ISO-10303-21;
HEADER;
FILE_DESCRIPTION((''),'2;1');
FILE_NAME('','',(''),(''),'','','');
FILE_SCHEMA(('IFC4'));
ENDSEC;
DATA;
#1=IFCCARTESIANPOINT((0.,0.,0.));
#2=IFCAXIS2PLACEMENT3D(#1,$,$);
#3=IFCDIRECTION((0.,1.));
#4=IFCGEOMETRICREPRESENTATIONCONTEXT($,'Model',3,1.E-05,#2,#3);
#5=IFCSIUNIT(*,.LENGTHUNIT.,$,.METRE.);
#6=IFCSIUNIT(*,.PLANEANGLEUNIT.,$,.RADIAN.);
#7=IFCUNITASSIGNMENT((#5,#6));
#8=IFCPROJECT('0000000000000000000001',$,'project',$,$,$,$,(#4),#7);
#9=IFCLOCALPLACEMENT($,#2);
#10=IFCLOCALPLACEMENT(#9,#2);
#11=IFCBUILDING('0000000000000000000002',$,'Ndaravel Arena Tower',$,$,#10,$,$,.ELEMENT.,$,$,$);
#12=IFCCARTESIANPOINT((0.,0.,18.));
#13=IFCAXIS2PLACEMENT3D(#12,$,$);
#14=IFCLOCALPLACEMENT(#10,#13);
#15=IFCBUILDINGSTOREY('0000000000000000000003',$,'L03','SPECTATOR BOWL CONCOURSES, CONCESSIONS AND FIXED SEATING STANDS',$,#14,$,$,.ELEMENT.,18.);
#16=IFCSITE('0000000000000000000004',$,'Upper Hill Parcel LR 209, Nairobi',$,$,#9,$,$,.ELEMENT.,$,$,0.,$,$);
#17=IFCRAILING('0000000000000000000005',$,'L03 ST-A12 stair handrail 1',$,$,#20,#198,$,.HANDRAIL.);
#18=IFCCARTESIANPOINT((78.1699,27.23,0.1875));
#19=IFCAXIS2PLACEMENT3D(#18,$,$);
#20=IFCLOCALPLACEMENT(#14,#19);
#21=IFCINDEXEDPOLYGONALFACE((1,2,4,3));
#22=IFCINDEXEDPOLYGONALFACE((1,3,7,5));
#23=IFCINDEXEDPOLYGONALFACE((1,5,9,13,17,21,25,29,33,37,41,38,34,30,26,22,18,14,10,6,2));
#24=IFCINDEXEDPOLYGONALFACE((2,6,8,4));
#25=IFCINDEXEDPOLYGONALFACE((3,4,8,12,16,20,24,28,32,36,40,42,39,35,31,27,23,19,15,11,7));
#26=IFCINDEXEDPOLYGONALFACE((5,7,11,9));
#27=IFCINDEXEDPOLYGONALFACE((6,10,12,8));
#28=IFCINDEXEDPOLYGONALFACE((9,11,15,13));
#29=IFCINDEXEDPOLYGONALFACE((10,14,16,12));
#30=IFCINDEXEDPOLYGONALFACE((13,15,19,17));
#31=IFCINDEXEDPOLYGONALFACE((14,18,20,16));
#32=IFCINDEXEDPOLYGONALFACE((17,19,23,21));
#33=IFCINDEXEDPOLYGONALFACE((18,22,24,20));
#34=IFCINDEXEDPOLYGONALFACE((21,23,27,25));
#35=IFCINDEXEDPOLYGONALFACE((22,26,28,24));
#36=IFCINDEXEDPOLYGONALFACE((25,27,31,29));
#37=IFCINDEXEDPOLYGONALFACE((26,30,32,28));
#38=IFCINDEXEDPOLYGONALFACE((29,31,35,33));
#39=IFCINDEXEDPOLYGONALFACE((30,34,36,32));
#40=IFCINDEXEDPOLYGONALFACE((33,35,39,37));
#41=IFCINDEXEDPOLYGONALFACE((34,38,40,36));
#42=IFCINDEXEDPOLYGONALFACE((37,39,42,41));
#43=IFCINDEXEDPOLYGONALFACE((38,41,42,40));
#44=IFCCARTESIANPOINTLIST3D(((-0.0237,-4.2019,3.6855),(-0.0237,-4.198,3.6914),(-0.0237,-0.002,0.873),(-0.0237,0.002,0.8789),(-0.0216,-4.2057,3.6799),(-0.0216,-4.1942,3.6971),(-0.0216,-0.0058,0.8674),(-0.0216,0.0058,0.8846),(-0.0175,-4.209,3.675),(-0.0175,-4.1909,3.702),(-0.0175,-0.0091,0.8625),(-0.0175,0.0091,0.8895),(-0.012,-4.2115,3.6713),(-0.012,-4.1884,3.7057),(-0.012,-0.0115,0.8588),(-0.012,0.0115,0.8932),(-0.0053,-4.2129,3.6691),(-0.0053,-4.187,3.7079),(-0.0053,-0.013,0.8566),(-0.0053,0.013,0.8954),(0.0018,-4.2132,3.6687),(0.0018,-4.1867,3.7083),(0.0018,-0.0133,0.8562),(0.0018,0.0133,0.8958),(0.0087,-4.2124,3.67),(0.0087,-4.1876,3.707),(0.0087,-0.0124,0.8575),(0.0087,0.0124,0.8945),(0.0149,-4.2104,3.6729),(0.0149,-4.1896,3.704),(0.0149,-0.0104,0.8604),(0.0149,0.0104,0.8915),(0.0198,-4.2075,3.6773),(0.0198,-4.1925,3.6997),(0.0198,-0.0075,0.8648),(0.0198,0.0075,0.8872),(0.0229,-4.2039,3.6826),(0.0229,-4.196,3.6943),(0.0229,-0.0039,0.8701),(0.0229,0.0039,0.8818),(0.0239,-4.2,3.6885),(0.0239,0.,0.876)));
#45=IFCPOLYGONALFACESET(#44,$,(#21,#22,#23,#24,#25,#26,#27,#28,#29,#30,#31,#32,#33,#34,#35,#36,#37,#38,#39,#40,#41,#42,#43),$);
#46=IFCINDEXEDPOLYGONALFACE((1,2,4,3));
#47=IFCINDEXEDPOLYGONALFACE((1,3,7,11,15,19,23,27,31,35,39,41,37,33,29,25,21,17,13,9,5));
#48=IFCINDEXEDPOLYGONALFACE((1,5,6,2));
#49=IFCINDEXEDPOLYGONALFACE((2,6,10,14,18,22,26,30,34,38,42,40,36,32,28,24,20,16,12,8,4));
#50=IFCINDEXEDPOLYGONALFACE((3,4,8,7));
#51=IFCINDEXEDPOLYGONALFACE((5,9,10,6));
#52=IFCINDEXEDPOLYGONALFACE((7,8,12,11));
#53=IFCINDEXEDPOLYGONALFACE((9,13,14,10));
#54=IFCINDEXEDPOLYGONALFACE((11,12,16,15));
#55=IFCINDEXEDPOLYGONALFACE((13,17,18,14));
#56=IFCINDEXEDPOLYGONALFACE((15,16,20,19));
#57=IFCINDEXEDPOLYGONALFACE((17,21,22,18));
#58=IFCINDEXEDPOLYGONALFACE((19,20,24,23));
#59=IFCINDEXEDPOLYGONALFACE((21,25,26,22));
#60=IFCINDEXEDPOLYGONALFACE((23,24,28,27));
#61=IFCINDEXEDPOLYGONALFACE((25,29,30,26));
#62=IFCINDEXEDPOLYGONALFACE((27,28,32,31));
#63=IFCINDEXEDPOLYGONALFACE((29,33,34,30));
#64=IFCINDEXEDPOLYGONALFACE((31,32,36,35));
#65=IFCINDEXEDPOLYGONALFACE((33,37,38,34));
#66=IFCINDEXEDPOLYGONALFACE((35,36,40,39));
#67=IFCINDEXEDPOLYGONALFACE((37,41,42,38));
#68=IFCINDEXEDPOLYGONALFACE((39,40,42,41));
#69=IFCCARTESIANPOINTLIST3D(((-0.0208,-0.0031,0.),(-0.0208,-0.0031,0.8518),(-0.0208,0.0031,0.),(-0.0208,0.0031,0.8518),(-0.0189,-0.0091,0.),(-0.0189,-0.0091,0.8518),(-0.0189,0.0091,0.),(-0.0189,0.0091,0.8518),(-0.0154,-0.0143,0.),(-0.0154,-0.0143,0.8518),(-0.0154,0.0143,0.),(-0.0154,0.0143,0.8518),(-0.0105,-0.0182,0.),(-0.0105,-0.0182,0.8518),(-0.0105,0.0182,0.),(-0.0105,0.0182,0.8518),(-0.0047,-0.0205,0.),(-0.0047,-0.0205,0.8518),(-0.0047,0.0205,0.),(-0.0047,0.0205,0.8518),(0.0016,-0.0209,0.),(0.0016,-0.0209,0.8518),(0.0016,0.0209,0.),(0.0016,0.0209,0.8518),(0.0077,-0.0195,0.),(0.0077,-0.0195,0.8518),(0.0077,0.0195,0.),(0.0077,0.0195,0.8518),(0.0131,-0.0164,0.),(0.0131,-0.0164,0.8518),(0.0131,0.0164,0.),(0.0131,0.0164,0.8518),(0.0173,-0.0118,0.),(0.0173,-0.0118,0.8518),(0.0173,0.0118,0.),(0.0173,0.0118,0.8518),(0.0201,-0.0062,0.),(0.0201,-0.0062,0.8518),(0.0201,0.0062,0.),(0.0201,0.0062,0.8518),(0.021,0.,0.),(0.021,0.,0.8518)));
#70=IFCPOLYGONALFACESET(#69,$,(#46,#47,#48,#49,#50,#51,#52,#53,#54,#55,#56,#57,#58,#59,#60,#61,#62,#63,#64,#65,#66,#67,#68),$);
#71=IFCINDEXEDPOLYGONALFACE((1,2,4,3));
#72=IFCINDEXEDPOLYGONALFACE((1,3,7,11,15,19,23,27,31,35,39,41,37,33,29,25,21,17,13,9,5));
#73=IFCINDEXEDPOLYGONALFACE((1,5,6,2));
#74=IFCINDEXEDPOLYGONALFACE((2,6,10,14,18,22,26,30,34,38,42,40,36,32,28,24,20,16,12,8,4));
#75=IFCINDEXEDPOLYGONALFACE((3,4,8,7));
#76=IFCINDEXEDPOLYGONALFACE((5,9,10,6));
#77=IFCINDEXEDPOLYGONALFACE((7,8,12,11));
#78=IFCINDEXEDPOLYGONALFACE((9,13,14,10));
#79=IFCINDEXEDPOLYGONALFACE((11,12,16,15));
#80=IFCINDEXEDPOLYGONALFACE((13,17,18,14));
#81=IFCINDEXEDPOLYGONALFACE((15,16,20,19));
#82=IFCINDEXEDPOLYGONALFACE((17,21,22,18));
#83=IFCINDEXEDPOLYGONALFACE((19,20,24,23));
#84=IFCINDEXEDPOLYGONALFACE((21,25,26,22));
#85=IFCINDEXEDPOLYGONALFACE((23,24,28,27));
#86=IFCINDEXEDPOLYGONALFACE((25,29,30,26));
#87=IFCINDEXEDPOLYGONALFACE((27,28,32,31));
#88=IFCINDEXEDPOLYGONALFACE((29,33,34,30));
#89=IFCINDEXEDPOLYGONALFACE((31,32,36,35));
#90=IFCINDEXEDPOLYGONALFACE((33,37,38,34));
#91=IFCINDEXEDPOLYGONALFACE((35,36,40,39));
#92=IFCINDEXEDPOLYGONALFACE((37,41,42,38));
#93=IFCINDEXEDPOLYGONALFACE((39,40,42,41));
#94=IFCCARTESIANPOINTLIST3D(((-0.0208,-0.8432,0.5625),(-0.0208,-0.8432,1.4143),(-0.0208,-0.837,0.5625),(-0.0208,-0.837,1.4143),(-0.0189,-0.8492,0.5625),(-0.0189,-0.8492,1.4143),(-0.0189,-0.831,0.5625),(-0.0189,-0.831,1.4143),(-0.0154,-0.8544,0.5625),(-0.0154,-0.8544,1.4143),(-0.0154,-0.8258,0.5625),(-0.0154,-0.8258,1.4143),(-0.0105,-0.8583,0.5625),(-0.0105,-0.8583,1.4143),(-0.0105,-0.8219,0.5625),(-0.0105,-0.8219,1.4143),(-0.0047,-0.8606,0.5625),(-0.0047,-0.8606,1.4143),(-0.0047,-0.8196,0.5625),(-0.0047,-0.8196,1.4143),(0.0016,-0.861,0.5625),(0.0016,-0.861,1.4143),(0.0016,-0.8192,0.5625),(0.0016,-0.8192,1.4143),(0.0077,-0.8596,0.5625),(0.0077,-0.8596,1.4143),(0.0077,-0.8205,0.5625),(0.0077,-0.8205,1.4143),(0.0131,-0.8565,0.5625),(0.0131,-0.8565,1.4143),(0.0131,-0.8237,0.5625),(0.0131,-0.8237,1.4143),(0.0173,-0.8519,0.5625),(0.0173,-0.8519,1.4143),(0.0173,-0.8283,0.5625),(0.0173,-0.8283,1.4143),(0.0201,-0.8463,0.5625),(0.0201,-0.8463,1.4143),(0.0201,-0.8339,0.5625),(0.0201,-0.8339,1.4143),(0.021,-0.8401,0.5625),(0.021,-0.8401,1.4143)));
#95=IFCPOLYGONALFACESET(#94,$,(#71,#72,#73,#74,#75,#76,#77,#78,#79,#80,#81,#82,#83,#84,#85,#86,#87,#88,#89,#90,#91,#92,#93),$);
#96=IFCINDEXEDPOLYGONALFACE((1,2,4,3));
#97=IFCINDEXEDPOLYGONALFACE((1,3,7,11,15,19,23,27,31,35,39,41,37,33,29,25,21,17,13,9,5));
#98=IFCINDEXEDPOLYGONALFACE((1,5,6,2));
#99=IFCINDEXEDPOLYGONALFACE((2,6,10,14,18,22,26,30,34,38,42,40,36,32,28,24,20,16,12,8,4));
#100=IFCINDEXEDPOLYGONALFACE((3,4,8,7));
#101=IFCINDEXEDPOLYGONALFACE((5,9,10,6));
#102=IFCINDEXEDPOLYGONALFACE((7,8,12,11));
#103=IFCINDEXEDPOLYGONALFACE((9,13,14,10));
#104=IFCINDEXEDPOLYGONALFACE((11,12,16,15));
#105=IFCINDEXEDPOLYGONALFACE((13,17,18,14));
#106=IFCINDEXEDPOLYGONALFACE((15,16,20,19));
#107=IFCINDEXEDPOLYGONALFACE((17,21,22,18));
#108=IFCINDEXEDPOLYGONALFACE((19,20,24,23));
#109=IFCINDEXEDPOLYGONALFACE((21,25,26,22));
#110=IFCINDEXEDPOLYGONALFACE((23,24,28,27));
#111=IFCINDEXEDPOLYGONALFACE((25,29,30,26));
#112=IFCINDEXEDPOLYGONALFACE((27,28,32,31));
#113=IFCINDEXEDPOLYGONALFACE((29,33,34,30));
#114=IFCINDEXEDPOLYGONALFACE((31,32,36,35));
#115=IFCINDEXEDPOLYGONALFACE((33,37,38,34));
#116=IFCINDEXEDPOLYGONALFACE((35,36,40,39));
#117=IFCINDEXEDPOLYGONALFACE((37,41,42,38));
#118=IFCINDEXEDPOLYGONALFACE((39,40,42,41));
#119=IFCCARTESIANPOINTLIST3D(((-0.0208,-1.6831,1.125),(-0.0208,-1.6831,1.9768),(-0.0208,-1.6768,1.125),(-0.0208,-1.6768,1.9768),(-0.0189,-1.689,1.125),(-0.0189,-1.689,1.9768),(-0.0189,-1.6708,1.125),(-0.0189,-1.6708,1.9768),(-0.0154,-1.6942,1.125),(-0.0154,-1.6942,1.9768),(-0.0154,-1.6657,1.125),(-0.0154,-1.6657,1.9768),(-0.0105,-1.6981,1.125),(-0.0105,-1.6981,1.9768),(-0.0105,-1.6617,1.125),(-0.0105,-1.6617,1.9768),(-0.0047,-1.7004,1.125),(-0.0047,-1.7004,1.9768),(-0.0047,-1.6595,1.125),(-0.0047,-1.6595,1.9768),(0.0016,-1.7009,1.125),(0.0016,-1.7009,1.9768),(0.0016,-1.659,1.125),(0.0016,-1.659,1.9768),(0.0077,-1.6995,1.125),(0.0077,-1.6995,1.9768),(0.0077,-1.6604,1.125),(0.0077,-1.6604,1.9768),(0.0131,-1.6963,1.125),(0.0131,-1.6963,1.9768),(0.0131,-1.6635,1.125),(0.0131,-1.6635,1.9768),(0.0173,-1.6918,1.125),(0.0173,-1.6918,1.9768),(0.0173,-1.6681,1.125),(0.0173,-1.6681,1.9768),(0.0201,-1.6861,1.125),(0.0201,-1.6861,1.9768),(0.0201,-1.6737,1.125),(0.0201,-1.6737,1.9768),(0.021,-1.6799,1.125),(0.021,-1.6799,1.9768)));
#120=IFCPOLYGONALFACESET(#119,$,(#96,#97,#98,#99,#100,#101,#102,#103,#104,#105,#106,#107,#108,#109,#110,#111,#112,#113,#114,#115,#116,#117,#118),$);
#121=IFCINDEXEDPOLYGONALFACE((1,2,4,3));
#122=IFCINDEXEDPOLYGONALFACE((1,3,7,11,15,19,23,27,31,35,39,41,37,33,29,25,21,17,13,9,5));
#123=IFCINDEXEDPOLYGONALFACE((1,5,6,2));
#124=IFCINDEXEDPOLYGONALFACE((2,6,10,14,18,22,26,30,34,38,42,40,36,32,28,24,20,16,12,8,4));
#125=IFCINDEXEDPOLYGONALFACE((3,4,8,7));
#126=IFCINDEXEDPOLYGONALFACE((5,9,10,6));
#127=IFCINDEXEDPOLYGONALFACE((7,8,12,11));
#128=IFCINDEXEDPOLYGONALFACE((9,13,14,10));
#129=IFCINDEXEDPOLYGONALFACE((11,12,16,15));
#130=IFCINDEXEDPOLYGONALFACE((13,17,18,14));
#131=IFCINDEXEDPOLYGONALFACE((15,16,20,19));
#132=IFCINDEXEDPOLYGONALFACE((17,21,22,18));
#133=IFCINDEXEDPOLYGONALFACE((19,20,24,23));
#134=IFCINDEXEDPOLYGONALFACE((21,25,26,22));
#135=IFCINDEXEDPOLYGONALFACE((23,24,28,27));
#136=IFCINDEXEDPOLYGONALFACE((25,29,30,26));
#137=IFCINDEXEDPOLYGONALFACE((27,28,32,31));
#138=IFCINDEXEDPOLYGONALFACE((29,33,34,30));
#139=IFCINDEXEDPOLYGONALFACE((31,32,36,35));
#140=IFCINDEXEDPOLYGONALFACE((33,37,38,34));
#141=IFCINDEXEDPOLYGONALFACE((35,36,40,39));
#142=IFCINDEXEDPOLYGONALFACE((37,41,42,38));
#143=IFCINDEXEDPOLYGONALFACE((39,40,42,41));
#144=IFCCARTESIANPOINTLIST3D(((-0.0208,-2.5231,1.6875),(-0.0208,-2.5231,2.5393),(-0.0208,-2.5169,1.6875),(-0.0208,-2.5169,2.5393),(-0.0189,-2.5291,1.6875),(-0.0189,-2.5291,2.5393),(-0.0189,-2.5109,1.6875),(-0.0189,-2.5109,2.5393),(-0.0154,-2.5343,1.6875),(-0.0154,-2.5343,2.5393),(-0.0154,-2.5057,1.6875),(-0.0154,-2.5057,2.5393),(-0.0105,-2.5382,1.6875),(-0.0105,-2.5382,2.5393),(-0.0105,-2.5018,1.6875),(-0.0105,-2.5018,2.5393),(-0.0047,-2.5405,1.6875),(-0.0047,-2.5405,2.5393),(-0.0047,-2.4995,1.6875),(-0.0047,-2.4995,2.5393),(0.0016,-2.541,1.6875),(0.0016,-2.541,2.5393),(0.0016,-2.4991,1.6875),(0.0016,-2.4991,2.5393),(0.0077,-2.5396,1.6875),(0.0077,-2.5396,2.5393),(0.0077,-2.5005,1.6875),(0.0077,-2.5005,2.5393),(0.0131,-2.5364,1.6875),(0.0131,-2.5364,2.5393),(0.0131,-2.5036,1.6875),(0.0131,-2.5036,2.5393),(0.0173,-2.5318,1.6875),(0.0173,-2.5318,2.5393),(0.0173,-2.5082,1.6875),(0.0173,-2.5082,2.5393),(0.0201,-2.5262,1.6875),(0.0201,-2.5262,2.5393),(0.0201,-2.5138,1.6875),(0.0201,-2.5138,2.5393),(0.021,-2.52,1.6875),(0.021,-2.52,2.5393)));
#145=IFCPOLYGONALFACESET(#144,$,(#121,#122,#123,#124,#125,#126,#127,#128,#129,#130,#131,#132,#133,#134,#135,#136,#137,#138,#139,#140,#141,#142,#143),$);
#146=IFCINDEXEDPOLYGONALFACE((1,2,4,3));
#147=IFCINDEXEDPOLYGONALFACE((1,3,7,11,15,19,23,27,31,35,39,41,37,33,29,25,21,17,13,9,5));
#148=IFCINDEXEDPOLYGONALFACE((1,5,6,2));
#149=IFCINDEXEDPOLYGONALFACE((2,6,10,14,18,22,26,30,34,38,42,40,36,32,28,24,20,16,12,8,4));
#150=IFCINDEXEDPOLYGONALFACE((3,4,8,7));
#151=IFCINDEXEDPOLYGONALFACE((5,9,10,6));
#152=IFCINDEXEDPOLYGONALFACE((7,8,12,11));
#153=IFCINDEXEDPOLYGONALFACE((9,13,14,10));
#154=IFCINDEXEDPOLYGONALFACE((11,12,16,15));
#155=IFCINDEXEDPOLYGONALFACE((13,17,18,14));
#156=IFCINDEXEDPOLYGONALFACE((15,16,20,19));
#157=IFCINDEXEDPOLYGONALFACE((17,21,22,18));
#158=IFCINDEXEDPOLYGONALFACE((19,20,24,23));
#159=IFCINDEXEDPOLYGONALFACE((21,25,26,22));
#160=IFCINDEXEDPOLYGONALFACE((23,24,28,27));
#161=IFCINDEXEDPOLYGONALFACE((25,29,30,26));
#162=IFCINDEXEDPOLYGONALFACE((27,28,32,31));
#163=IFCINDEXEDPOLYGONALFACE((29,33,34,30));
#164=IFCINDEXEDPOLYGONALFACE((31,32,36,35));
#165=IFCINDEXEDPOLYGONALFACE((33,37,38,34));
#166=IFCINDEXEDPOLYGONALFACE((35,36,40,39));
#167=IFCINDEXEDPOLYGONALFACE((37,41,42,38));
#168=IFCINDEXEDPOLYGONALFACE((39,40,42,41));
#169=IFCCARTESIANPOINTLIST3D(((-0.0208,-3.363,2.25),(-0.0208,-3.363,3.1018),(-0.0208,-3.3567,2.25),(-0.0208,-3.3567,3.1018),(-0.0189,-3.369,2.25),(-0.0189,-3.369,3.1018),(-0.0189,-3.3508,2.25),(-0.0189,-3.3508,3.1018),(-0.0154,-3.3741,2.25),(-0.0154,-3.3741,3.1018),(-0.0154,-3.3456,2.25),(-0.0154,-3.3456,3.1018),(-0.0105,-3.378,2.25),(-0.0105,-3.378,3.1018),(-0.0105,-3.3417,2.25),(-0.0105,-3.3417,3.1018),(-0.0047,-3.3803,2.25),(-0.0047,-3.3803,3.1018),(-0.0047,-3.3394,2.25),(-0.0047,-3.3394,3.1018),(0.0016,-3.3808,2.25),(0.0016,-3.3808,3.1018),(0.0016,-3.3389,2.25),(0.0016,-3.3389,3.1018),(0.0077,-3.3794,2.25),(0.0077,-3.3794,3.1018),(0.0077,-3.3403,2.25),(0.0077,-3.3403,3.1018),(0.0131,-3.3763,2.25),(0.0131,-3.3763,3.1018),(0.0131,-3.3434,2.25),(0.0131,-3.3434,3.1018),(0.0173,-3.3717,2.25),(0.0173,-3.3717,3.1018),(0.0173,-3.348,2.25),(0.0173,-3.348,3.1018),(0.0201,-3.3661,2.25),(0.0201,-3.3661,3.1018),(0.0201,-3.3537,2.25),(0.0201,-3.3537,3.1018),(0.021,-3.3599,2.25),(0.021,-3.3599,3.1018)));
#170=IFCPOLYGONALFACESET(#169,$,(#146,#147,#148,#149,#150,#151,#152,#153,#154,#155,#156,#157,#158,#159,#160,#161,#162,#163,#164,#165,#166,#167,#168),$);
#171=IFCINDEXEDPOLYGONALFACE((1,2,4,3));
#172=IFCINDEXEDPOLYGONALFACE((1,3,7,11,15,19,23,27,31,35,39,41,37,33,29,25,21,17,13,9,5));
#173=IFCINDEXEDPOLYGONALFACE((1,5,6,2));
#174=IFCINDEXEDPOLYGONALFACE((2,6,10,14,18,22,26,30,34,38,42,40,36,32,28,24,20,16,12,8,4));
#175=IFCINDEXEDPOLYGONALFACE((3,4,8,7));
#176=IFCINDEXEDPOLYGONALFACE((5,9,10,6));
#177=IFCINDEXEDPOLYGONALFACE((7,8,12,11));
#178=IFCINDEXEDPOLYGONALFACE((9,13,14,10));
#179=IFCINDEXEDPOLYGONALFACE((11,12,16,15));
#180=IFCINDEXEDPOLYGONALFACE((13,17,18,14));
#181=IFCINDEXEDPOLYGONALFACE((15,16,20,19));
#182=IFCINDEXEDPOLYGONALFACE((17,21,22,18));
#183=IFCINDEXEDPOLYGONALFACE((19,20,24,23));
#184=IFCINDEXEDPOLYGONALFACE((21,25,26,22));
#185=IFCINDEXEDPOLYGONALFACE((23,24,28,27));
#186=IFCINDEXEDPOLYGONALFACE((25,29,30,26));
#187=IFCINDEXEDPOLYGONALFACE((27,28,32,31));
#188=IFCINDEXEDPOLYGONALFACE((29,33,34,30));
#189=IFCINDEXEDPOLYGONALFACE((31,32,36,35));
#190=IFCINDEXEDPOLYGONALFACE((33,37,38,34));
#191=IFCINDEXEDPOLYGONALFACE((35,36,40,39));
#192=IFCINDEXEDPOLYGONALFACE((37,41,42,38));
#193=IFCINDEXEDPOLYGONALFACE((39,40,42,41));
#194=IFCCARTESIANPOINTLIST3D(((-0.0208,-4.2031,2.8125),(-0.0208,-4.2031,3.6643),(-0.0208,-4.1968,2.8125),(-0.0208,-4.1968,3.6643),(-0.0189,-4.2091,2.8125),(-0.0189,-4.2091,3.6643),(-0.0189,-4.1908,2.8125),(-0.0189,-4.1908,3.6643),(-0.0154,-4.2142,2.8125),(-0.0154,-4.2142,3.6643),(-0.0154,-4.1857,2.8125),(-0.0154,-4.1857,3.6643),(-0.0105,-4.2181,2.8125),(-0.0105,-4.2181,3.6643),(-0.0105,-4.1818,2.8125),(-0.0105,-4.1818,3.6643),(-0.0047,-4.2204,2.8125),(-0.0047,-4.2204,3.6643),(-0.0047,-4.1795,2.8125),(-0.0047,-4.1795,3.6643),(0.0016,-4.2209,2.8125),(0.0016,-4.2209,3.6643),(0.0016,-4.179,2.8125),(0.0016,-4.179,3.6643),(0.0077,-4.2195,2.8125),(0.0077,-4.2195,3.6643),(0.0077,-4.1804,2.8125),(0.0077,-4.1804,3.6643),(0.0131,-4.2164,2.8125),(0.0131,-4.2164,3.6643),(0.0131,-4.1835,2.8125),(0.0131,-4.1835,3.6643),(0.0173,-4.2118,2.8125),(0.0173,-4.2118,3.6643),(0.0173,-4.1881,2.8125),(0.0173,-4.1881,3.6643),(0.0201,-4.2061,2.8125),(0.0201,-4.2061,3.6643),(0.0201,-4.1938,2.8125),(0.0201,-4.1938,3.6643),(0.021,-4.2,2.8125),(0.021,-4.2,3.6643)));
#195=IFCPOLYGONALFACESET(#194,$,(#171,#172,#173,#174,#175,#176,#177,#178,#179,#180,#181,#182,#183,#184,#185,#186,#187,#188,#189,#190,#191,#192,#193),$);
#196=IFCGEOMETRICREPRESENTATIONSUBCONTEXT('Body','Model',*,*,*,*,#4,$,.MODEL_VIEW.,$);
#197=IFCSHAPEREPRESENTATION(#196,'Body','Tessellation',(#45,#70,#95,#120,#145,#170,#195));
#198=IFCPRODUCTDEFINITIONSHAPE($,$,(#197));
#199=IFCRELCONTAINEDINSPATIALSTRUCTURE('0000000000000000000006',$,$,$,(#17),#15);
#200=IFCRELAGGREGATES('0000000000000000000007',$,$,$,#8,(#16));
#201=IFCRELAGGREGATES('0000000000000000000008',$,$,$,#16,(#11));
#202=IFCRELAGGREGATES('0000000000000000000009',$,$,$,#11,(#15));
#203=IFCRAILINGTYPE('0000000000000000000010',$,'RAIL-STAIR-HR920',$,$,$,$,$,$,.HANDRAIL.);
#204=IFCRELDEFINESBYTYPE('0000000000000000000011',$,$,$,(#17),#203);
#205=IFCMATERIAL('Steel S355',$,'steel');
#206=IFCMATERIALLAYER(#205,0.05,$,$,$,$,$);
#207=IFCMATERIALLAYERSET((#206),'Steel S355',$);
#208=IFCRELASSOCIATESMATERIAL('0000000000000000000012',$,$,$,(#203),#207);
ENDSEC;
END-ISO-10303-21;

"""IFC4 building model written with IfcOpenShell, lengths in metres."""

from ifc_helpers import new_model, si_unit, direction, frame, origin, origin_2d, place, context, subcontext, project, spatial, circle, extrude, material, layer, layer_set, type_object, element, save


model = new_model("IFC4")

# Units and contexts
model_context = context("Model", 3, precision=1e-05, world=origin(), true_north=direction((0.0, 1.0)))
body_context = subcontext(model_context, "Body", "Model", "MODEL_VIEW")
ifc_project = project(units=[si_unit("LENGTHUNIT", "METRE"), si_unit("PLANEANGLEUNIT", "RADIAN")], contexts=[model_context])

# Site, building, storey
site_placement = place(None, origin())
site = spatial("IfcSite", under=ifc_project, at=site_placement, Name="Upper Hill Parcel LR 209, Nairobi", CompositionType="ELEMENT", RefElevation=0.0)
building_placement = place(site_placement, origin())
building = spatial("IfcBuilding", under=site, at=building_placement, Name="Ndaravel Arena Tower", CompositionType="ELEMENT")
storey_placement = place(building_placement, frame((0.0, 0.0, 18.0)))
storey = spatial("IfcBuildingStorey", under=building, at=storey_placement, Name="L03", Description="SPECTATOR BOWL CONCOURSES, CONCESSIONS AND FIXED SEATING STANDS", CompositionType="ELEMENT", Elevation=18.0)

# Railing
ifc_material_1 = material(Name="Steel S355", Category="steel")
ifc_layer_1 = layer(ifc_material_1, 0.05)
ifc_layer_set_1 = layer_set([ifc_layer_1], Name="Steel S355")
railing_type_1 = type_object("IfcRailingType", Name="RAIL-STAIR-HR920", PredefinedType="HANDRAIL", material=ifc_layer_set_1)
railing_1_placement = place(storey_placement, frame((78.1699, 27.23, 0.1875)))
element("IfcRailing", 1, at=railing_1_placement, inside=storey, type_object=railing_type_1, Name="L03 ST-A12 stair handrail 1", PredefinedType="HANDRAIL", context=body_context, shape_type="SweptSolid", body=[
    extrude(circle(Radius=0.0239, at=origin_2d()), frame((0.0, 0.0, 0.876), z_axis=(0.0, -0.830904, 0.556416), x_axis=(1.0, 0.0, 0.0)), (0.0, 0.0, 1.0), 5.0547),
    extrude(circle(Radius=0.021, at=origin_2d()), origin(), (0.0, 0.0, 1.0), 0.8518),
    extrude(circle(Radius=0.021, at=origin_2d()), frame((0.0, -0.8401, 0.5625)), (0.0, 0.0, 1.0), 0.8518),
    extrude(circle(Radius=0.021, at=origin_2d()), frame((0.0, -1.6799, 1.125)), (0.0, 0.0, 1.0), 0.8518),
    extrude(circle(Radius=0.021, at=origin_2d()), frame((0.0, -2.52, 1.6875)), (0.0, 0.0, 1.0), 0.8518),
    extrude(circle(Radius=0.021, at=origin_2d()), frame((0.0, -3.3599, 2.25)), (0.0, 0.0, 1.0), 0.8518),
    extrude(circle(Radius=0.021, at=origin_2d()), frame((0.0, -4.2, 2.8125)), (0.0, 0.0, 1.0), 0.8518),
])

save(model, "model.ifc")
